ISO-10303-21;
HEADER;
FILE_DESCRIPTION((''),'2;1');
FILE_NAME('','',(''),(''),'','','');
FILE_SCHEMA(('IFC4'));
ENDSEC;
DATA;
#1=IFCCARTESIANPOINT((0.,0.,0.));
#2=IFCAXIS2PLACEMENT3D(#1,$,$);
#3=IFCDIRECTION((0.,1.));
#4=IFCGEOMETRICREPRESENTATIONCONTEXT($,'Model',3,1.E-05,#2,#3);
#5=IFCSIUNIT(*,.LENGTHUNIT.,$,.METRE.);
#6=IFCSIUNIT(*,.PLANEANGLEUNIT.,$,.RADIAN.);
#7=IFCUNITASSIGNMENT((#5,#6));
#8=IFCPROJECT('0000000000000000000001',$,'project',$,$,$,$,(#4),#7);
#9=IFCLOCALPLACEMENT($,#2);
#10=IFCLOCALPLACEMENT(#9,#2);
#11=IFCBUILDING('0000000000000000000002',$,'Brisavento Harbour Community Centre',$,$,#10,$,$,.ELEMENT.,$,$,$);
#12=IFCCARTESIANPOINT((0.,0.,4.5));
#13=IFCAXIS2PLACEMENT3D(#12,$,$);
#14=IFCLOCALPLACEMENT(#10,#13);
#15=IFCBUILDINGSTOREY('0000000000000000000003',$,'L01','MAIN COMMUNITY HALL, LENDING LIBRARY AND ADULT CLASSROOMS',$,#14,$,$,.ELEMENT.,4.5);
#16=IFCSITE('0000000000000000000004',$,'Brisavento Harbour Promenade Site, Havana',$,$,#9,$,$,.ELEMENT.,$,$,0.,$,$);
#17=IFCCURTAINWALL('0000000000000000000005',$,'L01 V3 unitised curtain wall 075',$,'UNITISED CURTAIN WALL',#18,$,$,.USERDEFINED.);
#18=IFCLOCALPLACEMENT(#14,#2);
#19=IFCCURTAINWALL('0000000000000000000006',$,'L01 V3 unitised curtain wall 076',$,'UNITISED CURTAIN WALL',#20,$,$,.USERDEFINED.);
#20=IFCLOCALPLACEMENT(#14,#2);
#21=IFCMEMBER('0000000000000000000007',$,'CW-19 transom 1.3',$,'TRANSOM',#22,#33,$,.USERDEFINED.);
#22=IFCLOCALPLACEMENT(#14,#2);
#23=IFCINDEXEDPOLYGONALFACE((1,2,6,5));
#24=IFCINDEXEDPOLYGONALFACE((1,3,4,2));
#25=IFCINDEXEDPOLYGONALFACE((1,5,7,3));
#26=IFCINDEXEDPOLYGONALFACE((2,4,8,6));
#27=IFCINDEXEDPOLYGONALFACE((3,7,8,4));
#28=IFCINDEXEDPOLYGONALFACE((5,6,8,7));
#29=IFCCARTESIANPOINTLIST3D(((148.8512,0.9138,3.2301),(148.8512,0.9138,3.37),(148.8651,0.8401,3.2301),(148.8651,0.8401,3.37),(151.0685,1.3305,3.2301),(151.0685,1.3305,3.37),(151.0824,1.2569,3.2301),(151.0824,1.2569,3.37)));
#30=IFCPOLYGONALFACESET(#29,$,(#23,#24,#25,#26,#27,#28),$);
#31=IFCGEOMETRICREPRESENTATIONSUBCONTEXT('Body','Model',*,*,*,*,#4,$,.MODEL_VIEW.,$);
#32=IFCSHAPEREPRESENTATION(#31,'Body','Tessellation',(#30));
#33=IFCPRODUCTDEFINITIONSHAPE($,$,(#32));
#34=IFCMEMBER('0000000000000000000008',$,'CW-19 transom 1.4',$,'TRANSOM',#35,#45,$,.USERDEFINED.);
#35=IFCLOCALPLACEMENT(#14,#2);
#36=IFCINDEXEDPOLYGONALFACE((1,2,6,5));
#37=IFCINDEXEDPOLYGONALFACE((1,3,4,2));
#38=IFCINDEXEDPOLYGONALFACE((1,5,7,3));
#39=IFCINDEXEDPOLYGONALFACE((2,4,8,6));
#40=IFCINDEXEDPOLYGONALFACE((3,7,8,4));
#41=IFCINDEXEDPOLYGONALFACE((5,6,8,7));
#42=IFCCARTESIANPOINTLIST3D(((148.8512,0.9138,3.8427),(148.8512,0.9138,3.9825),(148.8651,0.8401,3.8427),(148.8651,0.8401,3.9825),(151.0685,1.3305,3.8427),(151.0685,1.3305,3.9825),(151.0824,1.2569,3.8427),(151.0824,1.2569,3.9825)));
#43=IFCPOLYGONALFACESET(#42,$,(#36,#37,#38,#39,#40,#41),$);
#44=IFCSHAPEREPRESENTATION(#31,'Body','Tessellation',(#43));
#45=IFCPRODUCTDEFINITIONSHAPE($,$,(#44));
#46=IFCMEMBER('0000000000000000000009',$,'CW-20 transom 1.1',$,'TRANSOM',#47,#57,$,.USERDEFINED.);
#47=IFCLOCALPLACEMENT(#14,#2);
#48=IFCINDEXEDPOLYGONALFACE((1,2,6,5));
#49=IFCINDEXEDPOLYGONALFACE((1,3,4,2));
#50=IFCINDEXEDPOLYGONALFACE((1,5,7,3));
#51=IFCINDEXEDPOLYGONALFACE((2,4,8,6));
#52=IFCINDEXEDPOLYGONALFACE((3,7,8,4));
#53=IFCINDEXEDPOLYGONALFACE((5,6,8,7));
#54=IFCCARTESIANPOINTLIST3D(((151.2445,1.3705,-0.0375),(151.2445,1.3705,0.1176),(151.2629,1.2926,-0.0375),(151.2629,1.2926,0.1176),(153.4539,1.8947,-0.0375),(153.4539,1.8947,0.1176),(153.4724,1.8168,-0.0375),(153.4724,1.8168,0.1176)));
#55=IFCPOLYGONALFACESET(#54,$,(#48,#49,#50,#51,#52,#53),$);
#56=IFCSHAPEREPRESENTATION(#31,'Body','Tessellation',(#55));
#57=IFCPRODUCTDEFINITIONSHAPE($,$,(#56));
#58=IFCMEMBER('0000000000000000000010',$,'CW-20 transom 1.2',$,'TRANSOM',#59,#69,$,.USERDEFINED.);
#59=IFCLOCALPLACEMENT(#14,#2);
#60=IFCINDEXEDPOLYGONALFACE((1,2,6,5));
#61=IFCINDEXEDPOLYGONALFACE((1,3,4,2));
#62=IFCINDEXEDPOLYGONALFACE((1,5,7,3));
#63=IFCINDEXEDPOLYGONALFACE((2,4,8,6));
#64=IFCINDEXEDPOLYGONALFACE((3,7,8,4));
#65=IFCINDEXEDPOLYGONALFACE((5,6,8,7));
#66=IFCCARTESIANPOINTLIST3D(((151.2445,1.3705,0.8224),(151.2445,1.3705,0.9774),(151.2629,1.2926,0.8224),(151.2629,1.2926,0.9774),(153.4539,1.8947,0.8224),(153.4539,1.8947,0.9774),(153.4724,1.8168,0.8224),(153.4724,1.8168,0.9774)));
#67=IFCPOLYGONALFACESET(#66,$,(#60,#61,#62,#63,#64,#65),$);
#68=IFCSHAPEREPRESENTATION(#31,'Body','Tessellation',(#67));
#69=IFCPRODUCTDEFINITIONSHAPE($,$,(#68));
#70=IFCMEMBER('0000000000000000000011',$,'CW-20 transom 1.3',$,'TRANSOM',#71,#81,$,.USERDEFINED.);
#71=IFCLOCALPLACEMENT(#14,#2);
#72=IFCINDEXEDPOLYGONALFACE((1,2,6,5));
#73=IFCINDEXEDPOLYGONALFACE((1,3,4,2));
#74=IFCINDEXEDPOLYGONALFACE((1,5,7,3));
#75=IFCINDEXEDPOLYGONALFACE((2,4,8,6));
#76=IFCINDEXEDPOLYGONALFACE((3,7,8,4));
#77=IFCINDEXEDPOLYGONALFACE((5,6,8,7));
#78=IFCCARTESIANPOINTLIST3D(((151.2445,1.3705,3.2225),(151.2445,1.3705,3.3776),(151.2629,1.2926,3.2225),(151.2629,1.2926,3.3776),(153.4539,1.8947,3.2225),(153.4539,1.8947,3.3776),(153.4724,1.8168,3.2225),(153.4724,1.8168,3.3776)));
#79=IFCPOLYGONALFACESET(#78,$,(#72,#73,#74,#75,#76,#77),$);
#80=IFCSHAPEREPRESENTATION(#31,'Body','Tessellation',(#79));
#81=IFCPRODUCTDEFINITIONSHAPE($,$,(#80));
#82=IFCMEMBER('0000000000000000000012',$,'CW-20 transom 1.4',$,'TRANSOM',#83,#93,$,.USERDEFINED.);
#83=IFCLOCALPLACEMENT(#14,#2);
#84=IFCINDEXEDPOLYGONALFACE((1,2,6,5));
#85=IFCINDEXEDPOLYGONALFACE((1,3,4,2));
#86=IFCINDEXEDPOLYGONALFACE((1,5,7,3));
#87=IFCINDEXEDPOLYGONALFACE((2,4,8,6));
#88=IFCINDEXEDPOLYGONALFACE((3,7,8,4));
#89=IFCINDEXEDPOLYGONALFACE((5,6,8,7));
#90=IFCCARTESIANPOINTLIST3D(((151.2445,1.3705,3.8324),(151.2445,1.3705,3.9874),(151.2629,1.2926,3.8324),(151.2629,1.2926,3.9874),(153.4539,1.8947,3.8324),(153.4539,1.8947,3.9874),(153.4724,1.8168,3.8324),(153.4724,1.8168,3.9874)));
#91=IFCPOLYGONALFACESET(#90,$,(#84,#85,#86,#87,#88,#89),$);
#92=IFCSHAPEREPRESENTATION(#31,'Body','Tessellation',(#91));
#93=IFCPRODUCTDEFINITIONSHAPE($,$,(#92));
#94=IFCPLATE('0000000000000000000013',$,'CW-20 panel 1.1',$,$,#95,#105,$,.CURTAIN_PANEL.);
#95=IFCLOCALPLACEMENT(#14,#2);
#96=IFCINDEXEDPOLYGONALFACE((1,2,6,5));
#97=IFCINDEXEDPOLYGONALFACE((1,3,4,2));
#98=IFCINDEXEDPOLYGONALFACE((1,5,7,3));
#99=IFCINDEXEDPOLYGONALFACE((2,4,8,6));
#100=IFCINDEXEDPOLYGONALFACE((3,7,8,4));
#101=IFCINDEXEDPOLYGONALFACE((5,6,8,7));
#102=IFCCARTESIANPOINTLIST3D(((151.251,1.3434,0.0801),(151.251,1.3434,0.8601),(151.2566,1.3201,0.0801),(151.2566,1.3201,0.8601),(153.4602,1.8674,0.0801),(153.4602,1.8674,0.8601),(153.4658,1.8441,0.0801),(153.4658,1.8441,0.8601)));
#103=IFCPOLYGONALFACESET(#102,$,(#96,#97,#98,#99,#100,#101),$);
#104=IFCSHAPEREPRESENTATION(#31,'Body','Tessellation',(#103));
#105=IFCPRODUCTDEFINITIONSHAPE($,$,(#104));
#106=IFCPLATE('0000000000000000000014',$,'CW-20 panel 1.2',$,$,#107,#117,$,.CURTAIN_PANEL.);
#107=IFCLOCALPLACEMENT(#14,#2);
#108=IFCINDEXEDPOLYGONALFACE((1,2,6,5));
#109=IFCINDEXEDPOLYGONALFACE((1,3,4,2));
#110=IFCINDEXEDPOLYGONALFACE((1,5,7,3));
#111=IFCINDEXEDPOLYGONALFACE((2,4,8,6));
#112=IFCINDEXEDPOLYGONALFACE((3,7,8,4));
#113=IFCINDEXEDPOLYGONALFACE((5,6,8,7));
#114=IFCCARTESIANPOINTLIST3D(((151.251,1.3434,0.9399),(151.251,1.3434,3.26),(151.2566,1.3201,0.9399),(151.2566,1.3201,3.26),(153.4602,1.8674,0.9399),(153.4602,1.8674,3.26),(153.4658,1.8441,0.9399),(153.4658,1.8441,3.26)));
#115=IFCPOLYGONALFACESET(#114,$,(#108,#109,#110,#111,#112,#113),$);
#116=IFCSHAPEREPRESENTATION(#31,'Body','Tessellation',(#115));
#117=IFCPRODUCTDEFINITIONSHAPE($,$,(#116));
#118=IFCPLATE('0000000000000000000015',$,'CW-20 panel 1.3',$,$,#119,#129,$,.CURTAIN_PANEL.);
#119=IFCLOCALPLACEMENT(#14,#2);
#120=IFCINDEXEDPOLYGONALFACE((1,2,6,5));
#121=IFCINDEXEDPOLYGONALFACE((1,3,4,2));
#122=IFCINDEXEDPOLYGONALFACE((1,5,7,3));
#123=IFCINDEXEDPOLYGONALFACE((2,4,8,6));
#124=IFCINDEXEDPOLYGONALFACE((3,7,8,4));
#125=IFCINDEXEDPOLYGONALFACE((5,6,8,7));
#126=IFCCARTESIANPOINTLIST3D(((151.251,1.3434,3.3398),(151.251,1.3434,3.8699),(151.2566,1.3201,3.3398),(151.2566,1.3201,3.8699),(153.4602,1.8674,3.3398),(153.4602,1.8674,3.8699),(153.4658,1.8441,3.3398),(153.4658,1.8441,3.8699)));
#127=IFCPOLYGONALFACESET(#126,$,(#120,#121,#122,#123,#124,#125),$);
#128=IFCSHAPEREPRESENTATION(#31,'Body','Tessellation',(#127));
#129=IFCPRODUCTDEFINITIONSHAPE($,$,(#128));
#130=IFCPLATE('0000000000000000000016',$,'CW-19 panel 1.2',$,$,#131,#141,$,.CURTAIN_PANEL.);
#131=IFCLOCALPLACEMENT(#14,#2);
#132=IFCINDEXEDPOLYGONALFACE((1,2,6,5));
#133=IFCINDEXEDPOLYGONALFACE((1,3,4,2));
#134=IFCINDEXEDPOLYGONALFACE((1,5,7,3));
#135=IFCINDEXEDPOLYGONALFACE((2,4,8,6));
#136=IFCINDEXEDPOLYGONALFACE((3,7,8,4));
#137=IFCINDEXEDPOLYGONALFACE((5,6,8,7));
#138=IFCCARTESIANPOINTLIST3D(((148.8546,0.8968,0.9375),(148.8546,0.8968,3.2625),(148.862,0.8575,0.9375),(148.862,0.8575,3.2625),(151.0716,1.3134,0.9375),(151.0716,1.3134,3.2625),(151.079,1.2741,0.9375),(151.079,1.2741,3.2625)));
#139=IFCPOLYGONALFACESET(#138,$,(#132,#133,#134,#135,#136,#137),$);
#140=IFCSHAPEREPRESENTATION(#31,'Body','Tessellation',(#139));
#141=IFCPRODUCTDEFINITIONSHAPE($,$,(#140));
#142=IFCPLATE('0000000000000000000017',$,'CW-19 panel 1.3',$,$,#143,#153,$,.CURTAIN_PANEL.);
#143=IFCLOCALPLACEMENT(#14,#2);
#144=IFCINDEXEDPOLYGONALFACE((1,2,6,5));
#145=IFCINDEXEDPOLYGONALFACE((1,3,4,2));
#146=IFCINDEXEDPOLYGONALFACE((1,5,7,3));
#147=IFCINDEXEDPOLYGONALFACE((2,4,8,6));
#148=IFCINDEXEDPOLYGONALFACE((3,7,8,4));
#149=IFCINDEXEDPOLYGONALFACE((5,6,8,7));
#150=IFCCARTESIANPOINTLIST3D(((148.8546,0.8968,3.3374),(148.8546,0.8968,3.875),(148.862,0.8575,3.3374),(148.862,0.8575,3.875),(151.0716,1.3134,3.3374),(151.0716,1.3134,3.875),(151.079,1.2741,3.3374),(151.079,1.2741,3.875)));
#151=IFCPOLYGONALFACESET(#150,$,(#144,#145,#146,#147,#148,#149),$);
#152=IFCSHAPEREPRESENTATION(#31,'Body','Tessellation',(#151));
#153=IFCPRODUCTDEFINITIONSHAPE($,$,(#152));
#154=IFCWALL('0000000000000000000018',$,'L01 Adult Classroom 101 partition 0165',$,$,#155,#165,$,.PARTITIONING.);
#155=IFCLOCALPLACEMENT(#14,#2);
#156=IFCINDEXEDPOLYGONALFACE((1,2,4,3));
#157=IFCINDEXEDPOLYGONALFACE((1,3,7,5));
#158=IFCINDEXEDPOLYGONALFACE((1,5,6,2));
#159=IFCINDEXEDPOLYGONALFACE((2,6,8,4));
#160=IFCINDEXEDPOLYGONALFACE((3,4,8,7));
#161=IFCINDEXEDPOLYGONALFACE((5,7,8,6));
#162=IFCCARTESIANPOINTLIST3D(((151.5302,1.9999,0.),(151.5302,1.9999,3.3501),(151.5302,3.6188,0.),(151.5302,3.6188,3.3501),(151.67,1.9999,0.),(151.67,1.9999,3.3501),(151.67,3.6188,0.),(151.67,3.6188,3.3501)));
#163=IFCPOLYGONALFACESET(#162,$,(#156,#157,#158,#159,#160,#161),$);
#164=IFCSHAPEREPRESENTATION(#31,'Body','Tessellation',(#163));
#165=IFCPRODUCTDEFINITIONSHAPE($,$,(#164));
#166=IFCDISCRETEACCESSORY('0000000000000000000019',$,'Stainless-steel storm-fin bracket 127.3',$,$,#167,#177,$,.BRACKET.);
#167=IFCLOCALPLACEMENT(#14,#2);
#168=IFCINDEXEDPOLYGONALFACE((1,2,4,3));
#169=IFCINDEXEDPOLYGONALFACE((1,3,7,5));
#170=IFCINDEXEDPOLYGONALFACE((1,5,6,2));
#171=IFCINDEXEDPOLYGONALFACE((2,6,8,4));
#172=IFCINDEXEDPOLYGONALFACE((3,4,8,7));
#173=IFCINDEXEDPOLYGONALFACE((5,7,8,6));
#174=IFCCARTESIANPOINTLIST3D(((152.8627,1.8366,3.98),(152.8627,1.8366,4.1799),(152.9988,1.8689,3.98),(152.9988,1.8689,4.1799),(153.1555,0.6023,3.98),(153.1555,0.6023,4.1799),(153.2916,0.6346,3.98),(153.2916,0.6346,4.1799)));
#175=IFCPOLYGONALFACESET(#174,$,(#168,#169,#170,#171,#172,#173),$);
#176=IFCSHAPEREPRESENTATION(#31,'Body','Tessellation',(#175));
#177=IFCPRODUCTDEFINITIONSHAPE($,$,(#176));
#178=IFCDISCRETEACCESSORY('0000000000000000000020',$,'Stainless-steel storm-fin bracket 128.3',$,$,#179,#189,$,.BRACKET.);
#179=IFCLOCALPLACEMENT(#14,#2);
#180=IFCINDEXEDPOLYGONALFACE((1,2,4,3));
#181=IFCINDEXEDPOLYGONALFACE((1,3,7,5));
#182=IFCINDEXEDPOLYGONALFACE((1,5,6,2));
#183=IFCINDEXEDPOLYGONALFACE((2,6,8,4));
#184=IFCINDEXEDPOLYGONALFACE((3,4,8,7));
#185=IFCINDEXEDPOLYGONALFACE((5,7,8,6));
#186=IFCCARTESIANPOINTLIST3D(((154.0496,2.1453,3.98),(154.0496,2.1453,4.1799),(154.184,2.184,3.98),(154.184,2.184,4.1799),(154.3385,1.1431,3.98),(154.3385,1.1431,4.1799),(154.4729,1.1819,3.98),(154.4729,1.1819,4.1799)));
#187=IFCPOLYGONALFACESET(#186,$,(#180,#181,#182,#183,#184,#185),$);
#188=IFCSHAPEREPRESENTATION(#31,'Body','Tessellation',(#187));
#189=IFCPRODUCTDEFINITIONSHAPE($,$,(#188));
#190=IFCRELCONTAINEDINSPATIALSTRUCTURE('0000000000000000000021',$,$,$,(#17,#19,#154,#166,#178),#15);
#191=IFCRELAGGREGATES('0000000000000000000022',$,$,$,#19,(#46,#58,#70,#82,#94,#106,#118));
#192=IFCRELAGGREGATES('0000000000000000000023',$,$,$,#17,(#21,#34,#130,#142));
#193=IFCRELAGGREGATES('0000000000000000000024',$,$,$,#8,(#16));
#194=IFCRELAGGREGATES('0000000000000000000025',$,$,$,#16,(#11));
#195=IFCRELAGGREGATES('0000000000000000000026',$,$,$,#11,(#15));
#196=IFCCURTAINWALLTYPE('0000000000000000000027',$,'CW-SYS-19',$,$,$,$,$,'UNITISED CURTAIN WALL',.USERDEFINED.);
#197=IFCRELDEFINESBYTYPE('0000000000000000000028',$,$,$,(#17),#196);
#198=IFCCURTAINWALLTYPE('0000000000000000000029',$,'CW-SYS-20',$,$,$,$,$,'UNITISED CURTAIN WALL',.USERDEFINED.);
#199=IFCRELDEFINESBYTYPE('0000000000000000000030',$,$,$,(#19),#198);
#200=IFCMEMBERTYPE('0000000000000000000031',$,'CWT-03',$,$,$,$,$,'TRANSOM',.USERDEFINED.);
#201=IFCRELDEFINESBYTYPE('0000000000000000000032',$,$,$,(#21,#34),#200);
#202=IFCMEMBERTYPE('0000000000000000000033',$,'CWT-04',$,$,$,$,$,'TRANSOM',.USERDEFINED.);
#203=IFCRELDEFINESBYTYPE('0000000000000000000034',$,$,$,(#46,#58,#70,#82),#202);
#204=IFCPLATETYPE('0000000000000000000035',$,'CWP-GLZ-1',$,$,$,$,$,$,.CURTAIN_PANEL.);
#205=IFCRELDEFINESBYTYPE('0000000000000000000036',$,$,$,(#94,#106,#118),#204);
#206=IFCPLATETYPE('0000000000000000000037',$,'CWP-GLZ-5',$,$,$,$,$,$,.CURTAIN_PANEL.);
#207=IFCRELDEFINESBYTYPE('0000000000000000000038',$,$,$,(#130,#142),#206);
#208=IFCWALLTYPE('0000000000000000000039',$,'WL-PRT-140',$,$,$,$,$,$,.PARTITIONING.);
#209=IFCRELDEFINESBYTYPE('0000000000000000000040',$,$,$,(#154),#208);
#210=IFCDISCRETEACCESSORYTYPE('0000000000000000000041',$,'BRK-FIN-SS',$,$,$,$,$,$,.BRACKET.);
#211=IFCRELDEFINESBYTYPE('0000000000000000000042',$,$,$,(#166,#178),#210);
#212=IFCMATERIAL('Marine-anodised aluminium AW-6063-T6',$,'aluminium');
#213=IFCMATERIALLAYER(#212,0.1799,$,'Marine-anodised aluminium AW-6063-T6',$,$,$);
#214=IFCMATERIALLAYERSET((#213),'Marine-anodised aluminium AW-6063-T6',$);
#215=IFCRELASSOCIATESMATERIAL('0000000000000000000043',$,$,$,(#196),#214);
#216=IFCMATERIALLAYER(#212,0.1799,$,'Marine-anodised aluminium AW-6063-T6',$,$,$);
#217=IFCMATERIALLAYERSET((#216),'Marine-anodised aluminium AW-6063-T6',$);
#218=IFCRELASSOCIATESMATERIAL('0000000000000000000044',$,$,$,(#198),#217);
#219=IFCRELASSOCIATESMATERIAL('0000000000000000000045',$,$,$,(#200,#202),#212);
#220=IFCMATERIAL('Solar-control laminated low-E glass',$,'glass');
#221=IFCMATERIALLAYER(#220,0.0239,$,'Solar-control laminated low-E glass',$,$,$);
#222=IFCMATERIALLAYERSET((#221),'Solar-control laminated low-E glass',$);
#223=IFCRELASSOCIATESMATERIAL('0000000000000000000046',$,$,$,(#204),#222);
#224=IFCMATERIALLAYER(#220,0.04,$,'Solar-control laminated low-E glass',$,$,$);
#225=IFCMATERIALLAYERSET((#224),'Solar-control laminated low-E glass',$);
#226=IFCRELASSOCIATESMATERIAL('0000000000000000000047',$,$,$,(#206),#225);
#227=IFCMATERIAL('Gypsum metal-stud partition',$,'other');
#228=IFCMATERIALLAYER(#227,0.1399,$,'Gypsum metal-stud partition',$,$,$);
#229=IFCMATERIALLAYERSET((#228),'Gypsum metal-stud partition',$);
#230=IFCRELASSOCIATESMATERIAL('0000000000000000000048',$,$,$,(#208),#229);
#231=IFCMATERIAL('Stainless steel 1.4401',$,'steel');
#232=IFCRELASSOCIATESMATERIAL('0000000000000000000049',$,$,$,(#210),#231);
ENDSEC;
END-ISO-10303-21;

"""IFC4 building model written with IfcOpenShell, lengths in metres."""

from ifc_helpers import new_model, si_unit, direction, frame, frame_2d, origin, origin_2d, place, context, subcontext, project, spatial, rectangle, extrude, material, layer, layer_set, material_profile, profile_set, type_object, element, aggregate, save


model = new_model("IFC4")

# Units and contexts
model_context = context("Model", 3, precision=1e-05, world=origin(), true_north=direction((0.0, 1.0)))
body_context = subcontext(model_context, "Body", "Model", "MODEL_VIEW")
ifc_project = project(units=[si_unit("LENGTHUNIT", "METRE"), si_unit("PLANEANGLEUNIT", "RADIAN")], contexts=[model_context])

# Site, building, storey
site_placement = place(None, origin())
site = spatial("IfcSite", under=ifc_project, at=site_placement, Name="Brisavento Harbour Promenade Site, Havana", CompositionType="ELEMENT", RefElevation=0.0)
building_placement = place(site_placement, origin())
building = spatial("IfcBuilding", under=site, at=building_placement, Name="Brisavento Harbour Community Centre", CompositionType="ELEMENT")
storey_placement = place(building_placement, frame((0.0, 0.0, 4.5)))
storey = spatial("IfcBuildingStorey", under=building, at=storey_placement, Name="L01", Description="MAIN COMMUNITY HALL, LENDING LIBRARY AND ADULT CLASSROOMS", CompositionType="ELEMENT", Elevation=4.5)

# Curtain wall
ifc_material_1 = material(Name="Marine-anodised aluminium AW-6063-T6", Category="aluminium")
ifc_layer_1 = layer(ifc_material_1, 0.1799, Name="Marine-anodised aluminium AW-6063-T6")
ifc_layer_set_1 = layer_set([ifc_layer_1], Name="Marine-anodised aluminium AW-6063-T6")
curtain_wall_type_1 = type_object("IfcCurtainWallType", Name="CW-SYS-19", ElementType="UNITISED CURTAIN WALL", PredefinedType="USERDEFINED", material=ifc_layer_set_1)
curtain_wall_1_placement = place(storey_placement, origin())
curtain_wall_1 = element("IfcCurtainWall", 1, at=curtain_wall_1_placement, inside=storey, type_object=curtain_wall_type_1, Name="L01 V3 unitised curtain wall 075", ObjectType="UNITISED CURTAIN WALL", PredefinedType="USERDEFINED")

# Curtain wall
ifc_layer_2 = layer(ifc_material_1, 0.1799, Name="Marine-anodised aluminium AW-6063-T6")
ifc_layer_set_2 = layer_set([ifc_layer_2], Name="Marine-anodised aluminium AW-6063-T6")
curtain_wall_type_2 = type_object("IfcCurtainWallType", Name="CW-SYS-20", ElementType="UNITISED CURTAIN WALL", PredefinedType="USERDEFINED", material=ifc_layer_set_2)
curtain_wall_2_placement = place(storey_placement, origin())
curtain_wall_2 = element("IfcCurtainWall", 2, at=curtain_wall_2_placement, inside=storey, type_object=curtain_wall_type_2, Name="L01 V3 unitised curtain wall 076", ObjectType="UNITISED CURTAIN WALL", PredefinedType="USERDEFINED")

# Members
ifc_material_profile_1 = material_profile(ifc_material_1, rectangle(XDim=0.075, YDim=0.1399, at=origin_2d()), Name="Marine-anodised aluminium AW-6063-T6")
ifc_profile_set_1 = profile_set([ifc_material_profile_1], Name="Marine-anodised aluminium AW-6063-T6")
member_type_1 = type_object("IfcMemberType", Name="CWT-03", ElementType="TRANSOM", PredefinedType="USERDEFINED", material=ifc_profile_set_1)
member_1_placement = place(storey_placement, frame((151.0754, 1.2937, 3.3), z_axis=(-0.982791, -0.18472, 0.0), x_axis=(0.18472, -0.982791, 0.0)))
member_1 = element("IfcMember", 3, at=member_1_placement, type_object=member_type_1, Name="CW-19 transom 1.3", ObjectType="TRANSOM", PredefinedType="USERDEFINED", context=body_context, shape_type="SweptSolid", body=[
    extrude(rectangle(XDim=0.075, YDim=0.1399, at=origin_2d()), origin(), (0.0, 0.0, 1.0), 2.2561),
])
member_2_placement = place(storey_placement, frame((151.0754, 1.2937, 3.9126), z_axis=(-0.982791, -0.18472, 0.0), x_axis=(0.18472, -0.982791, 0.0)))
member_2 = element("IfcMember", 4, at=member_2_placement, type_object=member_type_1, Name="CW-19 transom 1.4", ObjectType="TRANSOM", PredefinedType="USERDEFINED", context=body_context, shape_type="SweptSolid", body=[
    extrude(rectangle(XDim=0.075, YDim=0.1399, at=origin_2d()), origin(), (0.0, 0.0, 1.0), 2.2561),
])
ifc_material_profile_2 = material_profile(ifc_material_1, rectangle(XDim=0.0801, YDim=0.155, at=origin_2d()), Name="Marine-anodised aluminium AW-6063-T6")
ifc_profile_set_2 = profile_set([ifc_material_profile_2], Name="Marine-anodised aluminium AW-6063-T6")
member_type_2 = type_object("IfcMemberType", Name="CWT-04", ElementType="TRANSOM", PredefinedType="USERDEFINED", material=ifc_profile_set_2)
member_3_placement = place(storey_placement, frame((153.4631, 1.8557, 0.04), z_axis=(-0.972994, -0.230831, 0.0), x_axis=(0.230831, -0.972994, 0.0)))
member_3 = element("IfcMember", 5, at=member_3_placement, type_object=member_type_2, Name="CW-20 transom 1.1", ObjectType="TRANSOM", PredefinedType="USERDEFINED", context=body_context, shape_type="SweptSolid", body=[
    extrude(rectangle(XDim=0.0801, YDim=0.155, at=origin_2d()), origin(), (0.0, 0.0, 1.0), 2.2708),
])
member_4_placement = place(storey_placement, frame((153.4631, 1.8557, 0.8999), z_axis=(-0.972994, -0.230831, 0.0), x_axis=(0.230831, -0.972994, 0.0)))
member_4 = element("IfcMember", 6, at=member_4_placement, type_object=member_type_2, Name="CW-20 transom 1.2", ObjectType="TRANSOM", PredefinedType="USERDEFINED", context=body_context, shape_type="SweptSolid", body=[
    extrude(rectangle(XDim=0.0801, YDim=0.155, at=origin_2d()), origin(), (0.0, 0.0, 1.0), 2.2708),
])
member_5_placement = place(storey_placement, frame((153.4631, 1.8557, 3.3), z_axis=(-0.972994, -0.230831, 0.0), x_axis=(0.230831, -0.972994, 0.0)))
member_5 = element("IfcMember", 7, at=member_5_placement, type_object=member_type_2, Name="CW-20 transom 1.3", ObjectType="TRANSOM", PredefinedType="USERDEFINED", context=body_context, shape_type="SweptSolid", body=[
    extrude(rectangle(XDim=0.0801, YDim=0.155, at=origin_2d()), origin(), (0.0, 0.0, 1.0), 2.2708),
])
member_6_placement = place(storey_placement, frame((153.4631, 1.8557, 3.9099), z_axis=(-0.972994, -0.230831, 0.0), x_axis=(0.230831, -0.972994, 0.0)))
member_6 = element("IfcMember", 8, at=member_6_placement, type_object=member_type_2, Name="CW-20 transom 1.4", ObjectType="TRANSOM", PredefinedType="USERDEFINED", context=body_context, shape_type="SweptSolid", body=[
    extrude(rectangle(XDim=0.0801, YDim=0.155, at=origin_2d()), origin(), (0.0, 0.0, 1.0), 2.2708),
])

# Plates
ifc_material_2 = material(Name="Solar-control laminated low-E glass", Category="glass")
ifc_layer_3 = layer(ifc_material_2, 0.0239, Name="Solar-control laminated low-E glass")
ifc_layer_set_3 = layer_set([ifc_layer_3], Name="Solar-control laminated low-E glass")
plate_type_1 = type_object("IfcPlateType", Name="CWP-GLZ-1", PredefinedType="CURTAIN_PANEL", material=ifc_layer_set_3)
plate_1_placement = place(storey_placement, frame((152.3584, 1.5938, 0.0801), z_axis=(0.0, 0.0, 1.0), x_axis=(-0.973, -0.230805, 0.0)))
plate_1 = element("IfcPlate", 9, at=plate_1_placement, type_object=plate_type_1, Name="CW-20 panel 1.1", PredefinedType="CURTAIN_PANEL", context=body_context, shape_type="SweptSolid", body=[
    extrude(rectangle(XDim=2.2705, YDim=0.0239, at=origin_2d()), origin(), (0.0, 0.0, 1.0), 0.78),
])
plate_2_placement = place(storey_placement, frame((152.3584, 1.5938, 0.9399), z_axis=(0.0, 0.0, 1.0), x_axis=(-0.973, -0.230805, 0.0)))
plate_2 = element("IfcPlate", 10, at=plate_2_placement, type_object=plate_type_1, Name="CW-20 panel 1.2", PredefinedType="CURTAIN_PANEL", context=body_context, shape_type="SweptSolid", body=[
    extrude(rectangle(XDim=2.2705, YDim=0.0239, at=origin_2d()), origin(), (0.0, 0.0, 1.0), 2.3201),
])
plate_3_placement = place(storey_placement, frame((152.3584, 1.5938, 3.3398), z_axis=(0.0, 0.0, 1.0), x_axis=(-0.973, -0.230805, 0.0)))
plate_3 = element("IfcPlate", 11, at=plate_3_placement, type_object=plate_type_1, Name="CW-20 panel 1.3", PredefinedType="CURTAIN_PANEL", context=body_context, shape_type="SweptSolid", body=[
    extrude(rectangle(XDim=2.2705, YDim=0.0239, at=origin_2d()), origin(), (0.0, 0.0, 1.0), 0.53),
])
aggregate(curtain_wall_2, [member_3, member_4, member_5, member_6, plate_1, plate_2, plate_3])
ifc_layer_4 = layer(ifc_material_2, 0.04, Name="Solar-control laminated low-E glass")
ifc_layer_set_4 = layer_set([ifc_layer_4], Name="Solar-control laminated low-E glass")
plate_type_2 = type_object("IfcPlateType", Name="CWP-GLZ-5", PredefinedType="CURTAIN_PANEL", material=ifc_layer_set_4)
plate_4_placement = place(storey_placement, frame((149.9668, 1.0854, 0.9375), z_axis=(0.0, 0.0, 1.0), x_axis=(-0.982802, -0.184665, 0.0)))
plate_4 = element("IfcPlate", 12, at=plate_4_placement, type_object=plate_type_2, Name="CW-19 panel 1.2", PredefinedType="CURTAIN_PANEL", context=body_context, shape_type="SweptSolid", body=[
    extrude(rectangle(XDim=2.2559, YDim=0.04, at=origin_2d()), origin(), (0.0, 0.0, 1.0), 2.325),
])
plate_5_placement = place(storey_placement, frame((149.9668, 1.0854, 3.3374), z_axis=(0.0, 0.0, 1.0), x_axis=(-0.982802, -0.184665, 0.0)))
plate_5 = element("IfcPlate", 13, at=plate_5_placement, type_object=plate_type_2, Name="CW-19 panel 1.3", PredefinedType="CURTAIN_PANEL", context=body_context, shape_type="SweptSolid", body=[
    extrude(rectangle(XDim=2.2559, YDim=0.04, at=origin_2d()), origin(), (0.0, 0.0, 1.0), 0.5376),
])
aggregate(curtain_wall_1, [member_1, member_2, plate_4, plate_5])

# Wall
ifc_material_3 = material(Name="Gypsum metal-stud partition", Category="other")
ifc_layer_5 = layer(ifc_material_3, 0.1399, Name="Gypsum metal-stud partition")
ifc_layer_set_5 = layer_set([ifc_layer_5], Name="Gypsum metal-stud partition")
wall_type = type_object("IfcWallType", Name="WL-PRT-140", PredefinedType="PARTITIONING", material=ifc_layer_set_5)
wall_placement = place(storey_placement, frame((151.6001, 3.6189, 0.0), z_axis=(0.0, 0.0, 1.0), x_axis=(0.0, -1.0, 0.0)))
element("IfcWall", 14, at=wall_placement, inside=storey, type_object=wall_type, Name="L01 Adult Classroom 101 partition 0165", PredefinedType="PARTITIONING", context=body_context, shape_type="SweptSolid", body=[
    extrude(rectangle(XDim=1.6189, YDim=0.1399, at=frame_2d((0.8096, 0.0))), origin(), (0.0, 0.0, 1.0), 3.3501),
])

# Discrete accessories
ifc_material_4 = material(Name="Stainless steel 1.4401", Category="steel")
discrete_accessory_type = type_object("IfcDiscreteAccessoryType", Name="BRK-FIN-SS", PredefinedType="BRACKET", material=ifc_material_4)
discrete_accessory_1_placement = place(storey_placement, frame((153.0771, 1.2356, 3.98), z_axis=(0.0, 0.0, 1.0), x_axis=(0.230831, -0.972994, 0.0)))
element("IfcDiscreteAccessory", 15, at=discrete_accessory_1_placement, inside=storey, type_object=discrete_accessory_type, Name="Stainless-steel storm-fin bracket 127.3", PredefinedType="BRACKET", context=body_context, shape_type="SweptSolid", body=[
    extrude(rectangle(XDim=1.2686, YDim=0.1399, at=origin_2d()), origin(), (0.0, 0.0, 1.0), 0.2),
])
discrete_accessory_2_placement = place(storey_placement, frame((154.2612, 1.6636, 3.98), z_axis=(0.0, 0.0, 1.0), x_axis=(0.276996, -0.960871, 0.0)))
element("IfcDiscreteAccessory", 16, at=discrete_accessory_2_placement, inside=storey, type_object=discrete_accessory_type, Name="Stainless-steel storm-fin bracket 128.3", PredefinedType="BRACKET", context=body_context, shape_type="SweptSolid", body=[
    extrude(rectangle(XDim=1.043, YDim=0.1399, at=origin_2d()), origin(), (0.0, 0.0, 1.0), 0.2),
])

save(model, "model.ifc")
